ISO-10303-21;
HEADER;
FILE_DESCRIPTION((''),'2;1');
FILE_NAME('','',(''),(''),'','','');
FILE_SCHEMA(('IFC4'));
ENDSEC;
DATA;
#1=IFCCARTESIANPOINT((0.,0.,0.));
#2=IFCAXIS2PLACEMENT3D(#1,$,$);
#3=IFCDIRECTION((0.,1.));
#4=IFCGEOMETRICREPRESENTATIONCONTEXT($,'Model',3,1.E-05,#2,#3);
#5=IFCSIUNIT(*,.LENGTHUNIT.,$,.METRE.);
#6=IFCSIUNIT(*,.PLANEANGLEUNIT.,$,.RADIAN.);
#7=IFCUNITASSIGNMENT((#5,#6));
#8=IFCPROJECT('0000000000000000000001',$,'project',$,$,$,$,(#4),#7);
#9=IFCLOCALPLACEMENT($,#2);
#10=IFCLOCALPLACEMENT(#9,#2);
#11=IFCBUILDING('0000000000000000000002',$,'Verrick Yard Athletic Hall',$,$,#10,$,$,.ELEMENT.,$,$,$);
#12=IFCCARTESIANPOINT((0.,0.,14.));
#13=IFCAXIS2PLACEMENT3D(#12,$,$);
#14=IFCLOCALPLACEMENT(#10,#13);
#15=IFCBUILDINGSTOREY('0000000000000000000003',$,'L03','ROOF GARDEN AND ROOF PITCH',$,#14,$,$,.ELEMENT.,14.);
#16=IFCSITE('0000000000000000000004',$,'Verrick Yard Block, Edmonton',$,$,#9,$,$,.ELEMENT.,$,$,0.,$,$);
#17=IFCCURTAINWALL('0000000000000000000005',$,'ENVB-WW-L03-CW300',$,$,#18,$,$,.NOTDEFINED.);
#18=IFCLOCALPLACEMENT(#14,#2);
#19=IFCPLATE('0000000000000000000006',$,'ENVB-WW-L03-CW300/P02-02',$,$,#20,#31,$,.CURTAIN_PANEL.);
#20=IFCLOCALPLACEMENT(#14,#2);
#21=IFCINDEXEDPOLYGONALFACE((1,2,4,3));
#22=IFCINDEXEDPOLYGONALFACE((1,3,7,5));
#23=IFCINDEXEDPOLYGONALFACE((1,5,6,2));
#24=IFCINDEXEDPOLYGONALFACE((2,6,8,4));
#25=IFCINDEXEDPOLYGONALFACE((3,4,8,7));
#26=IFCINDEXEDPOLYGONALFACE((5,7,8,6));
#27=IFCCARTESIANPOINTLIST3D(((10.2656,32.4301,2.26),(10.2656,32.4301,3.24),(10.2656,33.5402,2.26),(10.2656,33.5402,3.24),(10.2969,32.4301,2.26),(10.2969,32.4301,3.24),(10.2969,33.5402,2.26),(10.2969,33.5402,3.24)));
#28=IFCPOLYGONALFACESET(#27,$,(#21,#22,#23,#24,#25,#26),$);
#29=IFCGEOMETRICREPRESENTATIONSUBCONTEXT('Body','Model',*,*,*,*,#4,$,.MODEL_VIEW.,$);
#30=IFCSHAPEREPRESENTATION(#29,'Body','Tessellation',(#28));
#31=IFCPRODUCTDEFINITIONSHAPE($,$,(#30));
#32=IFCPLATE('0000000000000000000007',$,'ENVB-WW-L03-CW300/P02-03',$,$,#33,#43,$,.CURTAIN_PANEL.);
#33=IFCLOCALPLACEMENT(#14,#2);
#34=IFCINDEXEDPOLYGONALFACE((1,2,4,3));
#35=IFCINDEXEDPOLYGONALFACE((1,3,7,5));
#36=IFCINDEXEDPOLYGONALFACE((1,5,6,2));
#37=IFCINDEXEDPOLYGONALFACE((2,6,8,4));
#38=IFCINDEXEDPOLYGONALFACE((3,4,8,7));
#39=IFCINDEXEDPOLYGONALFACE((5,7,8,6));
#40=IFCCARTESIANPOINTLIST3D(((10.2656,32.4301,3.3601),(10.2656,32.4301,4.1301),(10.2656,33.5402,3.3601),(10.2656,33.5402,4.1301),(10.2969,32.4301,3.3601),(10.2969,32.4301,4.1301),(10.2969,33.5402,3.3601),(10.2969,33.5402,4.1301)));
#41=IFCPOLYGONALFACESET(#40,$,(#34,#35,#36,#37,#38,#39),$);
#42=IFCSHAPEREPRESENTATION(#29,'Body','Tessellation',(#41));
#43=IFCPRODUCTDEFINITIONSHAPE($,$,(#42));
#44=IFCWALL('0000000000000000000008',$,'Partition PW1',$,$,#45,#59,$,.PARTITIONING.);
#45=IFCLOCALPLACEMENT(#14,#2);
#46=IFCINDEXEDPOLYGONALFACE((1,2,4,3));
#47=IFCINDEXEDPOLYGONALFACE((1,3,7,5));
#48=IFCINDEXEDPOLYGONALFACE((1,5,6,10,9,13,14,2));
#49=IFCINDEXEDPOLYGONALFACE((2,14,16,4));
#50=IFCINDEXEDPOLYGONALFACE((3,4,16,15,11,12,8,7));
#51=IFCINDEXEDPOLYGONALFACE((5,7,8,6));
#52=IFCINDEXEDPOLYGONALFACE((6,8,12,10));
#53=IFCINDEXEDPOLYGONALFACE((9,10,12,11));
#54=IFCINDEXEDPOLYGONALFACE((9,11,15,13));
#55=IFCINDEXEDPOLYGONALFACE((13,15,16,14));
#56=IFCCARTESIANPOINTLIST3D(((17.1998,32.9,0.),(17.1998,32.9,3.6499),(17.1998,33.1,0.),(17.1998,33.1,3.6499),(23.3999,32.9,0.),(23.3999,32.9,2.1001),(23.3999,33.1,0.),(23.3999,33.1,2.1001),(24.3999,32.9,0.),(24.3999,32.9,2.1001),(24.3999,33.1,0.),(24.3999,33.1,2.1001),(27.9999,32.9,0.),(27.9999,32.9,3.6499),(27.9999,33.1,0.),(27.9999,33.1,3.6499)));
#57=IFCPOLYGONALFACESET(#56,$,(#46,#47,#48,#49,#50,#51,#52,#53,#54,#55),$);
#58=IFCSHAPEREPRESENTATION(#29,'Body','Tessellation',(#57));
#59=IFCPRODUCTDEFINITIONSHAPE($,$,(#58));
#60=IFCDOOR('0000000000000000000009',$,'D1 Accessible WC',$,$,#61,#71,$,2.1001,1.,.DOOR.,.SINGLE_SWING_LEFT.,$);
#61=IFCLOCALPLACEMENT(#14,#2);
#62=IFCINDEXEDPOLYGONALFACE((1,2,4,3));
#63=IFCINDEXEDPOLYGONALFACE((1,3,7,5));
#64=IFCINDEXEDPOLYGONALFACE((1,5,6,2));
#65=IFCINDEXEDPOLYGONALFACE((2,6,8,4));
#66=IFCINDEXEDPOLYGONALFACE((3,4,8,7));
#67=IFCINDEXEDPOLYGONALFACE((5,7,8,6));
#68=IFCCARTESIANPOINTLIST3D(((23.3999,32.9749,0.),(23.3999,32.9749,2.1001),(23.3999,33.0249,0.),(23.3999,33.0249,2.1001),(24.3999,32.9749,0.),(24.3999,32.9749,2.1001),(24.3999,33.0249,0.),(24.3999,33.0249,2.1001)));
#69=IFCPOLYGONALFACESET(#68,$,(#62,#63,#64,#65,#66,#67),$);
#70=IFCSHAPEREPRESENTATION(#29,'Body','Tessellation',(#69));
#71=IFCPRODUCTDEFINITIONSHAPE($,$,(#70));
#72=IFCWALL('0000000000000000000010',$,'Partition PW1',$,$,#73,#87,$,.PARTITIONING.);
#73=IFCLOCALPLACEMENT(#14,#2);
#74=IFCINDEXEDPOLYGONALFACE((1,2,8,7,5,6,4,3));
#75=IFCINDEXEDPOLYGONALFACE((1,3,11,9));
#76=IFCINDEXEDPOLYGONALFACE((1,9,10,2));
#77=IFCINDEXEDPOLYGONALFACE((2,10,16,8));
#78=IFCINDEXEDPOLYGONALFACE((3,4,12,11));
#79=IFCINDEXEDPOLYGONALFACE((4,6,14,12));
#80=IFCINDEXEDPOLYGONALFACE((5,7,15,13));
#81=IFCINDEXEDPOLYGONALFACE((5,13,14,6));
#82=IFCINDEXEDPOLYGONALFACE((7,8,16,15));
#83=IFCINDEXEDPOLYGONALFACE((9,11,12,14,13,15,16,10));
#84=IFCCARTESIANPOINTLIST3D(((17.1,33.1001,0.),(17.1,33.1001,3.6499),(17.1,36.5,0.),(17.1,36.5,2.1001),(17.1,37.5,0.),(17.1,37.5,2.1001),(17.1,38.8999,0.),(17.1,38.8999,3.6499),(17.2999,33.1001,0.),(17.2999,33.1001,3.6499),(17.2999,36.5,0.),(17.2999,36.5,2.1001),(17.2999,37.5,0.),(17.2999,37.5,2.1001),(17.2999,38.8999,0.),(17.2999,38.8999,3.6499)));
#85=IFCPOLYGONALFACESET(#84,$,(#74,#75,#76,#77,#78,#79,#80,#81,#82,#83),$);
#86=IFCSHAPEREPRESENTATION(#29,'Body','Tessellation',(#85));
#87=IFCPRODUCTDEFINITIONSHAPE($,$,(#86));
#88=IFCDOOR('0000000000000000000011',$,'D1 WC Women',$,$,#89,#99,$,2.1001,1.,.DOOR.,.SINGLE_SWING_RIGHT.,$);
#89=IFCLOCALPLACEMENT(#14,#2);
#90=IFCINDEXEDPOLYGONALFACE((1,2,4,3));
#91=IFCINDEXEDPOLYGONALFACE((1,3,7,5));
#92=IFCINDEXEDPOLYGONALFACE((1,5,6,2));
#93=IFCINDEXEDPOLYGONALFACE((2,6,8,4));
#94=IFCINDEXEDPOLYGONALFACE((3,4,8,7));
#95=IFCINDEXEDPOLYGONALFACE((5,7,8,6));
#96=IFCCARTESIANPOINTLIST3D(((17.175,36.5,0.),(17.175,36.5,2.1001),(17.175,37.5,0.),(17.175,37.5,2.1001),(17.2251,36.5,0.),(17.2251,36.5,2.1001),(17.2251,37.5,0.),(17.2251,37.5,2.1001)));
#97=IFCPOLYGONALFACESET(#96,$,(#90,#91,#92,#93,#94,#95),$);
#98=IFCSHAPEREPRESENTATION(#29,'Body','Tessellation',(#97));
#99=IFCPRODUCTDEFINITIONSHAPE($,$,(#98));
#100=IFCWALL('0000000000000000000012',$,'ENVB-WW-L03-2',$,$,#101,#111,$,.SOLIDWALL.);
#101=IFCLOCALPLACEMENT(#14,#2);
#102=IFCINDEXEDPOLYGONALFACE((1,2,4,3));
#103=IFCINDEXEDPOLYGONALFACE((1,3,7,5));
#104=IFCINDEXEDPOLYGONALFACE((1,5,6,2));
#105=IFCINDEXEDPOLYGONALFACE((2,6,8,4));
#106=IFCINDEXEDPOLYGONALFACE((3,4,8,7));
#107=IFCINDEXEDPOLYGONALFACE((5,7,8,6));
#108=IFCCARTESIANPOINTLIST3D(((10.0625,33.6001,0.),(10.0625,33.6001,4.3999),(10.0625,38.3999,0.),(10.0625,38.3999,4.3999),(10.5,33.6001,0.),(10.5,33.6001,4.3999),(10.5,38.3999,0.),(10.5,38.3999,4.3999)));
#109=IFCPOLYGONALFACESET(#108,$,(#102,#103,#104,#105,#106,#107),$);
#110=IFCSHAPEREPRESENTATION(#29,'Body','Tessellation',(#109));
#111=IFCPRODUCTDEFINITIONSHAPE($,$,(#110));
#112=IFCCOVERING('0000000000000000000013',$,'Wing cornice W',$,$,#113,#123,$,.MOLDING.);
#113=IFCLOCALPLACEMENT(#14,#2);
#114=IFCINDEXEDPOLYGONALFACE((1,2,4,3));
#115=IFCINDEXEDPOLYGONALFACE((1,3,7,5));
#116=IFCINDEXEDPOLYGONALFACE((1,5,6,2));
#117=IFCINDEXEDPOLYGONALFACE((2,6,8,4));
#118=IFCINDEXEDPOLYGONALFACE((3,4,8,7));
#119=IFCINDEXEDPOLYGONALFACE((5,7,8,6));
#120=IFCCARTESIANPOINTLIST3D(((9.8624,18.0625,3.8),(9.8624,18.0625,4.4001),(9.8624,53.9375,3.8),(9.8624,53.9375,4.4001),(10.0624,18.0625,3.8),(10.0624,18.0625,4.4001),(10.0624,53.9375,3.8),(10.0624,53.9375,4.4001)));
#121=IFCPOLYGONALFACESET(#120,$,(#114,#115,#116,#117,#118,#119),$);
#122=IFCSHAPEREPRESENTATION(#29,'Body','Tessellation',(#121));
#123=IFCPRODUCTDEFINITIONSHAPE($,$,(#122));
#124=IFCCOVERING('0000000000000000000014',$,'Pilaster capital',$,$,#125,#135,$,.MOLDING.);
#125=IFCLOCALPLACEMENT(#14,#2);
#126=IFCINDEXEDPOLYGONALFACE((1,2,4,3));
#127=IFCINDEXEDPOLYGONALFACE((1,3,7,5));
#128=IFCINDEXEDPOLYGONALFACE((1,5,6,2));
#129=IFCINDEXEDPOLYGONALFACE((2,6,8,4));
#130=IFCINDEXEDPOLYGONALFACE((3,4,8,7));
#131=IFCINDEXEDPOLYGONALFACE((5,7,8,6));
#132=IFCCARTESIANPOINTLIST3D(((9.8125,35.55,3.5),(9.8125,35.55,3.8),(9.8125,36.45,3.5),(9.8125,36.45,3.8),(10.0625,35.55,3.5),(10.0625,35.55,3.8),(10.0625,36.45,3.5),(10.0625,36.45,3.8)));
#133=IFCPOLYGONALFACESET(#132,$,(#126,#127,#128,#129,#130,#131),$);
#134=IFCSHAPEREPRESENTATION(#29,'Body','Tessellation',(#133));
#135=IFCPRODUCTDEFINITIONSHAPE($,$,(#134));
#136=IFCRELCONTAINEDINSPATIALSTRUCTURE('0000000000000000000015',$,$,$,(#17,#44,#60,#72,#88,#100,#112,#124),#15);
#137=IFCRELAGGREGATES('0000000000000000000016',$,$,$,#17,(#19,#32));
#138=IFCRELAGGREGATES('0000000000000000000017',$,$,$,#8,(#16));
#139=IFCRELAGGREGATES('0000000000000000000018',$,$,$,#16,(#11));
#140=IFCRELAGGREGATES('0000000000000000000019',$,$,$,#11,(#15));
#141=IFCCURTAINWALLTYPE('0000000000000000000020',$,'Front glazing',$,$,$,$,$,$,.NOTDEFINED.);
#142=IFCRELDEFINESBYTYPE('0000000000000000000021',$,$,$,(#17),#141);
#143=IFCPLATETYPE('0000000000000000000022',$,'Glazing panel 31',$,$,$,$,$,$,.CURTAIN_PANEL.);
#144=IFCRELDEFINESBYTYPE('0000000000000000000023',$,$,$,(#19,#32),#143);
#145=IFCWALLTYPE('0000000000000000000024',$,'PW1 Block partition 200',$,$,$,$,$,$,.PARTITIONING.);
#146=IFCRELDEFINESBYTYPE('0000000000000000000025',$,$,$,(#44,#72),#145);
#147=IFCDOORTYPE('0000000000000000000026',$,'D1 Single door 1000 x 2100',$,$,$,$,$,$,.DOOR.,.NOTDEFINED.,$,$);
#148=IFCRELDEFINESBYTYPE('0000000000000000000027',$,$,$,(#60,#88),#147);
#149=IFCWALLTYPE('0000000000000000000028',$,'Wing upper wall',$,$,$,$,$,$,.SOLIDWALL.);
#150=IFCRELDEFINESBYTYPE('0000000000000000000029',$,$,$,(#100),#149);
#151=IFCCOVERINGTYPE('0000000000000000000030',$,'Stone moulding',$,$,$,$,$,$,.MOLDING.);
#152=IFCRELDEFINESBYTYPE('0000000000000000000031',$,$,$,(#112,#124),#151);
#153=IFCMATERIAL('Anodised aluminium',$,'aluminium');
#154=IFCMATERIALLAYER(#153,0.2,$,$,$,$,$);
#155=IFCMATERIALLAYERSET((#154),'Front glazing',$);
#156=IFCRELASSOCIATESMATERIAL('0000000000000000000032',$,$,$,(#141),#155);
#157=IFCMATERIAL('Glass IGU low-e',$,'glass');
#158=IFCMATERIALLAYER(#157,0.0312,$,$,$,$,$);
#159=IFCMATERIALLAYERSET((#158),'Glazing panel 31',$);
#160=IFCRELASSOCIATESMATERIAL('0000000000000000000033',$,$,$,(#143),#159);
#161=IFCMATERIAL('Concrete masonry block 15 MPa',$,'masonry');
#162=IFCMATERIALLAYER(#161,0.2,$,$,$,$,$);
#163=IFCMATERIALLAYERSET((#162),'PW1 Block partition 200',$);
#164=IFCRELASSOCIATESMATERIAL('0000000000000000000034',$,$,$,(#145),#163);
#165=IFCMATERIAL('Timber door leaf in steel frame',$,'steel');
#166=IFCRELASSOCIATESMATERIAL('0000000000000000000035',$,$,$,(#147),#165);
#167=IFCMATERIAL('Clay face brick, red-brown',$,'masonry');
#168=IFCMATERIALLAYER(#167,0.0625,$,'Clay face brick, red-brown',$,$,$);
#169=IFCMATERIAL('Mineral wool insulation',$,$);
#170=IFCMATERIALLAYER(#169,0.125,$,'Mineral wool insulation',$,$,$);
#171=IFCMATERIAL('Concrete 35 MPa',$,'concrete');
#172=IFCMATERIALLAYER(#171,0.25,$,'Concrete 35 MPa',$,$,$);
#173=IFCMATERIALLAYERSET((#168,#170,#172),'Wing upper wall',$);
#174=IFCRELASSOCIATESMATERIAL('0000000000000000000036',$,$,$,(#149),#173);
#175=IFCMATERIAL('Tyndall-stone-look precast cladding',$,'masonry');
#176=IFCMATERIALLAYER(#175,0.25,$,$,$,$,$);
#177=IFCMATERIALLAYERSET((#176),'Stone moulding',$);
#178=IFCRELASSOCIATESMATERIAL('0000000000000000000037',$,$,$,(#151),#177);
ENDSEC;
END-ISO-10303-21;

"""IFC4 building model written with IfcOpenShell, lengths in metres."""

from ifc_helpers import new_model, si_unit, direction, frame, frame_2d, origin, origin_2d, place, context, subcontext, project, spatial, rectangle, extrude, material, layer, layer_set, type_object, element, fill, aggregate, save


model = new_model("IFC4")

# Units and contexts
model_context = context("Model", 3, precision=1e-05, world=origin(), true_north=direction((0.0, 1.0)))
body_context = subcontext(model_context, "Body", "Model", "MODEL_VIEW")
ifc_project = project(units=[si_unit("LENGTHUNIT", "METRE"), si_unit("PLANEANGLEUNIT", "RADIAN")], contexts=[model_context])

# Site, building, storey
site_placement = place(None, origin())
site = spatial("IfcSite", under=ifc_project, at=site_placement, Name="Verrick Yard Block, Edmonton", CompositionType="ELEMENT", RefElevation=0.0)
building_placement = place(site_placement, origin())
building = spatial("IfcBuilding", under=site, at=building_placement, Name="Verrick Yard Athletic Hall", CompositionType="ELEMENT")
storey_placement = place(building_placement, frame((0.0, 0.0, 14.0)))
storey = spatial("IfcBuildingStorey", under=building, at=storey_placement, Name="L03", Description="ROOF GARDEN AND ROOF PITCH", CompositionType="ELEMENT", Elevation=14.0)

# Curtain wall
ifc_material_1 = material(Name="Anodised aluminium", Category="aluminium")
ifc_layer_1 = layer(ifc_material_1, 0.2)
ifc_layer_set_1 = layer_set([ifc_layer_1], Name="Front glazing")
curtain_wall_type = type_object("IfcCurtainWallType", Name="Front glazing", PredefinedType="NOTDEFINED", material=ifc_layer_set_1)
curtain_wall_placement = place(storey_placement, origin())
curtain_wall = element("IfcCurtainWall", 1, at=curtain_wall_placement, inside=storey, type_object=curtain_wall_type, Name="ENVB-WW-L03-CW300", PredefinedType="NOTDEFINED")

# Plates
ifc_material_2 = material(Name="Glass IGU low-e", Category="glass")
ifc_layer_2 = layer(ifc_material_2, 0.0312)
ifc_layer_set_2 = layer_set([ifc_layer_2], Name="Glazing panel 31")
plate_type = type_object("IfcPlateType", Name="Glazing panel 31", PredefinedType="CURTAIN_PANEL", material=ifc_layer_set_2)
plate_1_placement = place(storey_placement, frame((10.2812, 32.9851, 2.26), z_axis=(0.0, 0.0, 1.0), x_axis=(0.0, 1.0, 0.0)))
plate_1 = element("IfcPlate", 2, at=plate_1_placement, type_object=plate_type, Name="ENVB-WW-L03-CW300/P02-02", PredefinedType="CURTAIN_PANEL", context=body_context, shape_type="SweptSolid", body=[
    extrude(rectangle(XDim=1.1101, YDim=0.0312, at=origin_2d()), origin(), (0.0, 0.0, 1.0), 0.98),
])
plate_2_placement = place(storey_placement, frame((10.2812, 32.9851, 3.3601), z_axis=(0.0, 0.0, 1.0), x_axis=(0.0, 1.0, 0.0)))
plate_2 = element("IfcPlate", 3, at=plate_2_placement, type_object=plate_type, Name="ENVB-WW-L03-CW300/P02-03", PredefinedType="CURTAIN_PANEL", context=body_context, shape_type="SweptSolid", body=[
    extrude(rectangle(XDim=1.1101, YDim=0.0312, at=origin_2d()), origin(), (0.0, 0.0, 1.0), 0.77),
])
aggregate(curtain_wall, [plate_1, plate_2])

# Walls, openings, doors
ifc_material_3 = material(Name="Concrete masonry block 15 MPa", Category="masonry")
ifc_layer_3 = layer(ifc_material_3, 0.2)
ifc_layer_set_3 = layer_set([ifc_layer_3], Name="PW1 Block partition 200")
wall_type_1 = type_object("IfcWallType", Name="PW1 Block partition 200", PredefinedType="PARTITIONING", material=ifc_layer_set_3)
wall_1_placement = place(storey_placement, frame((17.2, 33.0, 0.0), z_axis=(0.0, 0.0, 1.0), x_axis=(1.0, 0.0, 0.0)))
wall_1 = element("IfcWall", 4, at=wall_1_placement, inside=storey, type_object=wall_type_1, Name="Partition PW1", PredefinedType="PARTITIONING", context=body_context, shape_type="SweptSolid", body=[
    extrude(rectangle(XDim=10.8, YDim=0.2, at=frame_2d((5.3999, 0.0))), origin(), (0.0, 0.0, 1.0), 3.6499),
])
opening_1_placement = place(wall_1_placement, frame((6.2, 0.0, 0.0)))
opening_1 = element("IfcOpeningElement", 5, at=opening_1_placement, cuts=wall_1, PredefinedType="OPENING", context=body_context, shape_type="SweptSolid", body=[
    extrude(rectangle(XDim=1.0, YDim=2.1001, at=frame_2d((0.5, 1.05))), frame((0.0, 0.1099, 0.0), z_axis=(0.0, -1.0, 0.0), x_axis=(1.0, 0.0, 0.0)), (0.0, 0.0, 1.0), 0.22),
])
ifc_material_4 = material(Name="Timber door leaf in steel frame", Category="steel")
door_type = type_object("IfcDoorType", Name="D1 Single door 1000 x 2100", OperationType="NOTDEFINED", PredefinedType="DOOR", material=ifc_material_4)
door_1_placement = place(opening_1_placement, origin())
door_1 = element("IfcDoor", 6, at=door_1_placement, inside=storey, type_object=door_type, Name="D1 Accessible WC", OperationType="SINGLE_SWING_LEFT", OverallHeight=2.1001, OverallWidth=1.0, PredefinedType="DOOR", context=body_context, shape_type="SweptSolid", body=[
    extrude(rectangle(XDim=1.0, YDim=2.1001, at=frame_2d((0.5, 1.05))), frame((0.0, 0.0249, 0.0), z_axis=(0.0, -1.0, 0.0), x_axis=(1.0, 0.0, 0.0)), (0.0, 0.0, 1.0), 0.05),
])
fill(opening_1, door_1)
wall_2_placement = place(storey_placement, frame((17.2, 33.1001, 0.0), z_axis=(0.0, 0.0, 1.0), x_axis=(0.0, 1.0, 0.0)))
wall_2 = element("IfcWall", 7, at=wall_2_placement, inside=storey, type_object=wall_type_1, Name="Partition PW1", PredefinedType="PARTITIONING", context=body_context, shape_type="SweptSolid", body=[
    extrude(rectangle(XDim=5.7998, YDim=0.2, at=frame_2d((2.8999, 0.0))), origin(), (0.0, 0.0, 1.0), 3.6499),
])
opening_2_placement = place(wall_2_placement, frame((3.3999, 0.0, 0.0)))
opening_2 = element("IfcOpeningElement", 8, at=opening_2_placement, cuts=wall_2, PredefinedType="OPENING", context=body_context, shape_type="SweptSolid", body=[
    extrude(rectangle(XDim=1.0, YDim=2.1001, at=frame_2d((0.5, 1.05))), frame((0.0, 0.1099, 0.0), z_axis=(0.0, -1.0, 0.0), x_axis=(1.0, 0.0, 0.0)), (0.0, 0.0, 1.0), 0.22),
])
door_2_placement = place(opening_2_placement, origin())
door_2 = element("IfcDoor", 9, at=door_2_placement, inside=storey, type_object=door_type, Name="D1 WC Women", OperationType="SINGLE_SWING_RIGHT", OverallHeight=2.1001, OverallWidth=1.0, PredefinedType="DOOR", context=body_context, shape_type="SweptSolid", body=[
    extrude(rectangle(XDim=1.0, YDim=2.1001, at=frame_2d((0.5, 1.05))), frame((0.0, 0.0249, 0.0), z_axis=(0.0, -1.0, 0.0), x_axis=(1.0, 0.0, 0.0)), (0.0, 0.0, 1.0), 0.05),
])
fill(opening_2, door_2)

# Wall
ifc_material_5 = material(Name="Clay face brick, red-brown", Category="masonry")
ifc_layer_4 = layer(ifc_material_5, 0.0625, Name="Clay face brick, red-brown")
ifc_material_6 = material(Name="Mineral wool insulation")
ifc_layer_5 = layer(ifc_material_6, 0.125, Name="Mineral wool insulation")
ifc_material_7 = material(Name="Concrete 35 MPa", Category="concrete")
ifc_layer_6 = layer(ifc_material_7, 0.25, Name="Concrete 35 MPa")
ifc_layer_set_4 = layer_set([ifc_layer_4, ifc_layer_5, ifc_layer_6], Name="Wing upper wall")
wall_type_2 = type_object("IfcWallType", Name="Wing upper wall", PredefinedType="SOLIDWALL", material=ifc_layer_set_4)
wall_3_placement = place(storey_placement, frame((10.2812, 33.6001, 0.0), z_axis=(0.0, 0.0, 1.0), x_axis=(0.0, 1.0, 0.0)))
element("IfcWall", 10, at=wall_3_placement, inside=storey, type_object=wall_type_2, Name="ENVB-WW-L03-2", PredefinedType="SOLIDWALL", context=body_context, shape_type="SweptSolid", body=[
    extrude(rectangle(XDim=4.7998, YDim=0.4375, at=frame_2d((2.3999, 0.0))), origin(), (0.0, 0.0, 1.0), 4.3999),
])

# Coverings
ifc_material_8 = material(Name="Tyndall-stone-look precast cladding", Category="masonry")
ifc_layer_7 = layer(ifc_material_8, 0.25)
ifc_layer_set_5 = layer_set([ifc_layer_7], Name="Stone moulding")
covering_type = type_object("IfcCoveringType", Name="Stone moulding", PredefinedType="MOLDING", material=ifc_layer_set_5)
covering_1_placement = place(storey_placement, frame((9.9624, 36.0, 3.8), z_axis=(0.0, 0.0, 1.0), x_axis=(1.0, 0.0, 0.0)))
element("IfcCovering", 11, at=covering_1_placement, inside=storey, type_object=covering_type, Name="Wing cornice W", PredefinedType="MOLDING", context=body_context, shape_type="SweptSolid", body=[
    extrude(rectangle(XDim=0.2, YDim=35.875, at=origin_2d()), origin(), (0.0, 0.0, 1.0), 0.6001),
])
covering_2_placement = place(storey_placement, frame((9.9375, 36.0, 3.5), z_axis=(0.0, 0.0, 1.0), x_axis=(0.0, 1.0, 0.0)))
element("IfcCovering", 12, at=covering_2_placement, inside=storey, type_object=covering_type, Name="Pilaster capital", PredefinedType="MOLDING", context=body_context, shape_type="SweptSolid", body=[
    extrude(rectangle(XDim=0.8999, YDim=0.25, at=origin_2d()), origin(), (0.0, 0.0, 1.0), 0.3),
])

save(model, "model.ifc")
